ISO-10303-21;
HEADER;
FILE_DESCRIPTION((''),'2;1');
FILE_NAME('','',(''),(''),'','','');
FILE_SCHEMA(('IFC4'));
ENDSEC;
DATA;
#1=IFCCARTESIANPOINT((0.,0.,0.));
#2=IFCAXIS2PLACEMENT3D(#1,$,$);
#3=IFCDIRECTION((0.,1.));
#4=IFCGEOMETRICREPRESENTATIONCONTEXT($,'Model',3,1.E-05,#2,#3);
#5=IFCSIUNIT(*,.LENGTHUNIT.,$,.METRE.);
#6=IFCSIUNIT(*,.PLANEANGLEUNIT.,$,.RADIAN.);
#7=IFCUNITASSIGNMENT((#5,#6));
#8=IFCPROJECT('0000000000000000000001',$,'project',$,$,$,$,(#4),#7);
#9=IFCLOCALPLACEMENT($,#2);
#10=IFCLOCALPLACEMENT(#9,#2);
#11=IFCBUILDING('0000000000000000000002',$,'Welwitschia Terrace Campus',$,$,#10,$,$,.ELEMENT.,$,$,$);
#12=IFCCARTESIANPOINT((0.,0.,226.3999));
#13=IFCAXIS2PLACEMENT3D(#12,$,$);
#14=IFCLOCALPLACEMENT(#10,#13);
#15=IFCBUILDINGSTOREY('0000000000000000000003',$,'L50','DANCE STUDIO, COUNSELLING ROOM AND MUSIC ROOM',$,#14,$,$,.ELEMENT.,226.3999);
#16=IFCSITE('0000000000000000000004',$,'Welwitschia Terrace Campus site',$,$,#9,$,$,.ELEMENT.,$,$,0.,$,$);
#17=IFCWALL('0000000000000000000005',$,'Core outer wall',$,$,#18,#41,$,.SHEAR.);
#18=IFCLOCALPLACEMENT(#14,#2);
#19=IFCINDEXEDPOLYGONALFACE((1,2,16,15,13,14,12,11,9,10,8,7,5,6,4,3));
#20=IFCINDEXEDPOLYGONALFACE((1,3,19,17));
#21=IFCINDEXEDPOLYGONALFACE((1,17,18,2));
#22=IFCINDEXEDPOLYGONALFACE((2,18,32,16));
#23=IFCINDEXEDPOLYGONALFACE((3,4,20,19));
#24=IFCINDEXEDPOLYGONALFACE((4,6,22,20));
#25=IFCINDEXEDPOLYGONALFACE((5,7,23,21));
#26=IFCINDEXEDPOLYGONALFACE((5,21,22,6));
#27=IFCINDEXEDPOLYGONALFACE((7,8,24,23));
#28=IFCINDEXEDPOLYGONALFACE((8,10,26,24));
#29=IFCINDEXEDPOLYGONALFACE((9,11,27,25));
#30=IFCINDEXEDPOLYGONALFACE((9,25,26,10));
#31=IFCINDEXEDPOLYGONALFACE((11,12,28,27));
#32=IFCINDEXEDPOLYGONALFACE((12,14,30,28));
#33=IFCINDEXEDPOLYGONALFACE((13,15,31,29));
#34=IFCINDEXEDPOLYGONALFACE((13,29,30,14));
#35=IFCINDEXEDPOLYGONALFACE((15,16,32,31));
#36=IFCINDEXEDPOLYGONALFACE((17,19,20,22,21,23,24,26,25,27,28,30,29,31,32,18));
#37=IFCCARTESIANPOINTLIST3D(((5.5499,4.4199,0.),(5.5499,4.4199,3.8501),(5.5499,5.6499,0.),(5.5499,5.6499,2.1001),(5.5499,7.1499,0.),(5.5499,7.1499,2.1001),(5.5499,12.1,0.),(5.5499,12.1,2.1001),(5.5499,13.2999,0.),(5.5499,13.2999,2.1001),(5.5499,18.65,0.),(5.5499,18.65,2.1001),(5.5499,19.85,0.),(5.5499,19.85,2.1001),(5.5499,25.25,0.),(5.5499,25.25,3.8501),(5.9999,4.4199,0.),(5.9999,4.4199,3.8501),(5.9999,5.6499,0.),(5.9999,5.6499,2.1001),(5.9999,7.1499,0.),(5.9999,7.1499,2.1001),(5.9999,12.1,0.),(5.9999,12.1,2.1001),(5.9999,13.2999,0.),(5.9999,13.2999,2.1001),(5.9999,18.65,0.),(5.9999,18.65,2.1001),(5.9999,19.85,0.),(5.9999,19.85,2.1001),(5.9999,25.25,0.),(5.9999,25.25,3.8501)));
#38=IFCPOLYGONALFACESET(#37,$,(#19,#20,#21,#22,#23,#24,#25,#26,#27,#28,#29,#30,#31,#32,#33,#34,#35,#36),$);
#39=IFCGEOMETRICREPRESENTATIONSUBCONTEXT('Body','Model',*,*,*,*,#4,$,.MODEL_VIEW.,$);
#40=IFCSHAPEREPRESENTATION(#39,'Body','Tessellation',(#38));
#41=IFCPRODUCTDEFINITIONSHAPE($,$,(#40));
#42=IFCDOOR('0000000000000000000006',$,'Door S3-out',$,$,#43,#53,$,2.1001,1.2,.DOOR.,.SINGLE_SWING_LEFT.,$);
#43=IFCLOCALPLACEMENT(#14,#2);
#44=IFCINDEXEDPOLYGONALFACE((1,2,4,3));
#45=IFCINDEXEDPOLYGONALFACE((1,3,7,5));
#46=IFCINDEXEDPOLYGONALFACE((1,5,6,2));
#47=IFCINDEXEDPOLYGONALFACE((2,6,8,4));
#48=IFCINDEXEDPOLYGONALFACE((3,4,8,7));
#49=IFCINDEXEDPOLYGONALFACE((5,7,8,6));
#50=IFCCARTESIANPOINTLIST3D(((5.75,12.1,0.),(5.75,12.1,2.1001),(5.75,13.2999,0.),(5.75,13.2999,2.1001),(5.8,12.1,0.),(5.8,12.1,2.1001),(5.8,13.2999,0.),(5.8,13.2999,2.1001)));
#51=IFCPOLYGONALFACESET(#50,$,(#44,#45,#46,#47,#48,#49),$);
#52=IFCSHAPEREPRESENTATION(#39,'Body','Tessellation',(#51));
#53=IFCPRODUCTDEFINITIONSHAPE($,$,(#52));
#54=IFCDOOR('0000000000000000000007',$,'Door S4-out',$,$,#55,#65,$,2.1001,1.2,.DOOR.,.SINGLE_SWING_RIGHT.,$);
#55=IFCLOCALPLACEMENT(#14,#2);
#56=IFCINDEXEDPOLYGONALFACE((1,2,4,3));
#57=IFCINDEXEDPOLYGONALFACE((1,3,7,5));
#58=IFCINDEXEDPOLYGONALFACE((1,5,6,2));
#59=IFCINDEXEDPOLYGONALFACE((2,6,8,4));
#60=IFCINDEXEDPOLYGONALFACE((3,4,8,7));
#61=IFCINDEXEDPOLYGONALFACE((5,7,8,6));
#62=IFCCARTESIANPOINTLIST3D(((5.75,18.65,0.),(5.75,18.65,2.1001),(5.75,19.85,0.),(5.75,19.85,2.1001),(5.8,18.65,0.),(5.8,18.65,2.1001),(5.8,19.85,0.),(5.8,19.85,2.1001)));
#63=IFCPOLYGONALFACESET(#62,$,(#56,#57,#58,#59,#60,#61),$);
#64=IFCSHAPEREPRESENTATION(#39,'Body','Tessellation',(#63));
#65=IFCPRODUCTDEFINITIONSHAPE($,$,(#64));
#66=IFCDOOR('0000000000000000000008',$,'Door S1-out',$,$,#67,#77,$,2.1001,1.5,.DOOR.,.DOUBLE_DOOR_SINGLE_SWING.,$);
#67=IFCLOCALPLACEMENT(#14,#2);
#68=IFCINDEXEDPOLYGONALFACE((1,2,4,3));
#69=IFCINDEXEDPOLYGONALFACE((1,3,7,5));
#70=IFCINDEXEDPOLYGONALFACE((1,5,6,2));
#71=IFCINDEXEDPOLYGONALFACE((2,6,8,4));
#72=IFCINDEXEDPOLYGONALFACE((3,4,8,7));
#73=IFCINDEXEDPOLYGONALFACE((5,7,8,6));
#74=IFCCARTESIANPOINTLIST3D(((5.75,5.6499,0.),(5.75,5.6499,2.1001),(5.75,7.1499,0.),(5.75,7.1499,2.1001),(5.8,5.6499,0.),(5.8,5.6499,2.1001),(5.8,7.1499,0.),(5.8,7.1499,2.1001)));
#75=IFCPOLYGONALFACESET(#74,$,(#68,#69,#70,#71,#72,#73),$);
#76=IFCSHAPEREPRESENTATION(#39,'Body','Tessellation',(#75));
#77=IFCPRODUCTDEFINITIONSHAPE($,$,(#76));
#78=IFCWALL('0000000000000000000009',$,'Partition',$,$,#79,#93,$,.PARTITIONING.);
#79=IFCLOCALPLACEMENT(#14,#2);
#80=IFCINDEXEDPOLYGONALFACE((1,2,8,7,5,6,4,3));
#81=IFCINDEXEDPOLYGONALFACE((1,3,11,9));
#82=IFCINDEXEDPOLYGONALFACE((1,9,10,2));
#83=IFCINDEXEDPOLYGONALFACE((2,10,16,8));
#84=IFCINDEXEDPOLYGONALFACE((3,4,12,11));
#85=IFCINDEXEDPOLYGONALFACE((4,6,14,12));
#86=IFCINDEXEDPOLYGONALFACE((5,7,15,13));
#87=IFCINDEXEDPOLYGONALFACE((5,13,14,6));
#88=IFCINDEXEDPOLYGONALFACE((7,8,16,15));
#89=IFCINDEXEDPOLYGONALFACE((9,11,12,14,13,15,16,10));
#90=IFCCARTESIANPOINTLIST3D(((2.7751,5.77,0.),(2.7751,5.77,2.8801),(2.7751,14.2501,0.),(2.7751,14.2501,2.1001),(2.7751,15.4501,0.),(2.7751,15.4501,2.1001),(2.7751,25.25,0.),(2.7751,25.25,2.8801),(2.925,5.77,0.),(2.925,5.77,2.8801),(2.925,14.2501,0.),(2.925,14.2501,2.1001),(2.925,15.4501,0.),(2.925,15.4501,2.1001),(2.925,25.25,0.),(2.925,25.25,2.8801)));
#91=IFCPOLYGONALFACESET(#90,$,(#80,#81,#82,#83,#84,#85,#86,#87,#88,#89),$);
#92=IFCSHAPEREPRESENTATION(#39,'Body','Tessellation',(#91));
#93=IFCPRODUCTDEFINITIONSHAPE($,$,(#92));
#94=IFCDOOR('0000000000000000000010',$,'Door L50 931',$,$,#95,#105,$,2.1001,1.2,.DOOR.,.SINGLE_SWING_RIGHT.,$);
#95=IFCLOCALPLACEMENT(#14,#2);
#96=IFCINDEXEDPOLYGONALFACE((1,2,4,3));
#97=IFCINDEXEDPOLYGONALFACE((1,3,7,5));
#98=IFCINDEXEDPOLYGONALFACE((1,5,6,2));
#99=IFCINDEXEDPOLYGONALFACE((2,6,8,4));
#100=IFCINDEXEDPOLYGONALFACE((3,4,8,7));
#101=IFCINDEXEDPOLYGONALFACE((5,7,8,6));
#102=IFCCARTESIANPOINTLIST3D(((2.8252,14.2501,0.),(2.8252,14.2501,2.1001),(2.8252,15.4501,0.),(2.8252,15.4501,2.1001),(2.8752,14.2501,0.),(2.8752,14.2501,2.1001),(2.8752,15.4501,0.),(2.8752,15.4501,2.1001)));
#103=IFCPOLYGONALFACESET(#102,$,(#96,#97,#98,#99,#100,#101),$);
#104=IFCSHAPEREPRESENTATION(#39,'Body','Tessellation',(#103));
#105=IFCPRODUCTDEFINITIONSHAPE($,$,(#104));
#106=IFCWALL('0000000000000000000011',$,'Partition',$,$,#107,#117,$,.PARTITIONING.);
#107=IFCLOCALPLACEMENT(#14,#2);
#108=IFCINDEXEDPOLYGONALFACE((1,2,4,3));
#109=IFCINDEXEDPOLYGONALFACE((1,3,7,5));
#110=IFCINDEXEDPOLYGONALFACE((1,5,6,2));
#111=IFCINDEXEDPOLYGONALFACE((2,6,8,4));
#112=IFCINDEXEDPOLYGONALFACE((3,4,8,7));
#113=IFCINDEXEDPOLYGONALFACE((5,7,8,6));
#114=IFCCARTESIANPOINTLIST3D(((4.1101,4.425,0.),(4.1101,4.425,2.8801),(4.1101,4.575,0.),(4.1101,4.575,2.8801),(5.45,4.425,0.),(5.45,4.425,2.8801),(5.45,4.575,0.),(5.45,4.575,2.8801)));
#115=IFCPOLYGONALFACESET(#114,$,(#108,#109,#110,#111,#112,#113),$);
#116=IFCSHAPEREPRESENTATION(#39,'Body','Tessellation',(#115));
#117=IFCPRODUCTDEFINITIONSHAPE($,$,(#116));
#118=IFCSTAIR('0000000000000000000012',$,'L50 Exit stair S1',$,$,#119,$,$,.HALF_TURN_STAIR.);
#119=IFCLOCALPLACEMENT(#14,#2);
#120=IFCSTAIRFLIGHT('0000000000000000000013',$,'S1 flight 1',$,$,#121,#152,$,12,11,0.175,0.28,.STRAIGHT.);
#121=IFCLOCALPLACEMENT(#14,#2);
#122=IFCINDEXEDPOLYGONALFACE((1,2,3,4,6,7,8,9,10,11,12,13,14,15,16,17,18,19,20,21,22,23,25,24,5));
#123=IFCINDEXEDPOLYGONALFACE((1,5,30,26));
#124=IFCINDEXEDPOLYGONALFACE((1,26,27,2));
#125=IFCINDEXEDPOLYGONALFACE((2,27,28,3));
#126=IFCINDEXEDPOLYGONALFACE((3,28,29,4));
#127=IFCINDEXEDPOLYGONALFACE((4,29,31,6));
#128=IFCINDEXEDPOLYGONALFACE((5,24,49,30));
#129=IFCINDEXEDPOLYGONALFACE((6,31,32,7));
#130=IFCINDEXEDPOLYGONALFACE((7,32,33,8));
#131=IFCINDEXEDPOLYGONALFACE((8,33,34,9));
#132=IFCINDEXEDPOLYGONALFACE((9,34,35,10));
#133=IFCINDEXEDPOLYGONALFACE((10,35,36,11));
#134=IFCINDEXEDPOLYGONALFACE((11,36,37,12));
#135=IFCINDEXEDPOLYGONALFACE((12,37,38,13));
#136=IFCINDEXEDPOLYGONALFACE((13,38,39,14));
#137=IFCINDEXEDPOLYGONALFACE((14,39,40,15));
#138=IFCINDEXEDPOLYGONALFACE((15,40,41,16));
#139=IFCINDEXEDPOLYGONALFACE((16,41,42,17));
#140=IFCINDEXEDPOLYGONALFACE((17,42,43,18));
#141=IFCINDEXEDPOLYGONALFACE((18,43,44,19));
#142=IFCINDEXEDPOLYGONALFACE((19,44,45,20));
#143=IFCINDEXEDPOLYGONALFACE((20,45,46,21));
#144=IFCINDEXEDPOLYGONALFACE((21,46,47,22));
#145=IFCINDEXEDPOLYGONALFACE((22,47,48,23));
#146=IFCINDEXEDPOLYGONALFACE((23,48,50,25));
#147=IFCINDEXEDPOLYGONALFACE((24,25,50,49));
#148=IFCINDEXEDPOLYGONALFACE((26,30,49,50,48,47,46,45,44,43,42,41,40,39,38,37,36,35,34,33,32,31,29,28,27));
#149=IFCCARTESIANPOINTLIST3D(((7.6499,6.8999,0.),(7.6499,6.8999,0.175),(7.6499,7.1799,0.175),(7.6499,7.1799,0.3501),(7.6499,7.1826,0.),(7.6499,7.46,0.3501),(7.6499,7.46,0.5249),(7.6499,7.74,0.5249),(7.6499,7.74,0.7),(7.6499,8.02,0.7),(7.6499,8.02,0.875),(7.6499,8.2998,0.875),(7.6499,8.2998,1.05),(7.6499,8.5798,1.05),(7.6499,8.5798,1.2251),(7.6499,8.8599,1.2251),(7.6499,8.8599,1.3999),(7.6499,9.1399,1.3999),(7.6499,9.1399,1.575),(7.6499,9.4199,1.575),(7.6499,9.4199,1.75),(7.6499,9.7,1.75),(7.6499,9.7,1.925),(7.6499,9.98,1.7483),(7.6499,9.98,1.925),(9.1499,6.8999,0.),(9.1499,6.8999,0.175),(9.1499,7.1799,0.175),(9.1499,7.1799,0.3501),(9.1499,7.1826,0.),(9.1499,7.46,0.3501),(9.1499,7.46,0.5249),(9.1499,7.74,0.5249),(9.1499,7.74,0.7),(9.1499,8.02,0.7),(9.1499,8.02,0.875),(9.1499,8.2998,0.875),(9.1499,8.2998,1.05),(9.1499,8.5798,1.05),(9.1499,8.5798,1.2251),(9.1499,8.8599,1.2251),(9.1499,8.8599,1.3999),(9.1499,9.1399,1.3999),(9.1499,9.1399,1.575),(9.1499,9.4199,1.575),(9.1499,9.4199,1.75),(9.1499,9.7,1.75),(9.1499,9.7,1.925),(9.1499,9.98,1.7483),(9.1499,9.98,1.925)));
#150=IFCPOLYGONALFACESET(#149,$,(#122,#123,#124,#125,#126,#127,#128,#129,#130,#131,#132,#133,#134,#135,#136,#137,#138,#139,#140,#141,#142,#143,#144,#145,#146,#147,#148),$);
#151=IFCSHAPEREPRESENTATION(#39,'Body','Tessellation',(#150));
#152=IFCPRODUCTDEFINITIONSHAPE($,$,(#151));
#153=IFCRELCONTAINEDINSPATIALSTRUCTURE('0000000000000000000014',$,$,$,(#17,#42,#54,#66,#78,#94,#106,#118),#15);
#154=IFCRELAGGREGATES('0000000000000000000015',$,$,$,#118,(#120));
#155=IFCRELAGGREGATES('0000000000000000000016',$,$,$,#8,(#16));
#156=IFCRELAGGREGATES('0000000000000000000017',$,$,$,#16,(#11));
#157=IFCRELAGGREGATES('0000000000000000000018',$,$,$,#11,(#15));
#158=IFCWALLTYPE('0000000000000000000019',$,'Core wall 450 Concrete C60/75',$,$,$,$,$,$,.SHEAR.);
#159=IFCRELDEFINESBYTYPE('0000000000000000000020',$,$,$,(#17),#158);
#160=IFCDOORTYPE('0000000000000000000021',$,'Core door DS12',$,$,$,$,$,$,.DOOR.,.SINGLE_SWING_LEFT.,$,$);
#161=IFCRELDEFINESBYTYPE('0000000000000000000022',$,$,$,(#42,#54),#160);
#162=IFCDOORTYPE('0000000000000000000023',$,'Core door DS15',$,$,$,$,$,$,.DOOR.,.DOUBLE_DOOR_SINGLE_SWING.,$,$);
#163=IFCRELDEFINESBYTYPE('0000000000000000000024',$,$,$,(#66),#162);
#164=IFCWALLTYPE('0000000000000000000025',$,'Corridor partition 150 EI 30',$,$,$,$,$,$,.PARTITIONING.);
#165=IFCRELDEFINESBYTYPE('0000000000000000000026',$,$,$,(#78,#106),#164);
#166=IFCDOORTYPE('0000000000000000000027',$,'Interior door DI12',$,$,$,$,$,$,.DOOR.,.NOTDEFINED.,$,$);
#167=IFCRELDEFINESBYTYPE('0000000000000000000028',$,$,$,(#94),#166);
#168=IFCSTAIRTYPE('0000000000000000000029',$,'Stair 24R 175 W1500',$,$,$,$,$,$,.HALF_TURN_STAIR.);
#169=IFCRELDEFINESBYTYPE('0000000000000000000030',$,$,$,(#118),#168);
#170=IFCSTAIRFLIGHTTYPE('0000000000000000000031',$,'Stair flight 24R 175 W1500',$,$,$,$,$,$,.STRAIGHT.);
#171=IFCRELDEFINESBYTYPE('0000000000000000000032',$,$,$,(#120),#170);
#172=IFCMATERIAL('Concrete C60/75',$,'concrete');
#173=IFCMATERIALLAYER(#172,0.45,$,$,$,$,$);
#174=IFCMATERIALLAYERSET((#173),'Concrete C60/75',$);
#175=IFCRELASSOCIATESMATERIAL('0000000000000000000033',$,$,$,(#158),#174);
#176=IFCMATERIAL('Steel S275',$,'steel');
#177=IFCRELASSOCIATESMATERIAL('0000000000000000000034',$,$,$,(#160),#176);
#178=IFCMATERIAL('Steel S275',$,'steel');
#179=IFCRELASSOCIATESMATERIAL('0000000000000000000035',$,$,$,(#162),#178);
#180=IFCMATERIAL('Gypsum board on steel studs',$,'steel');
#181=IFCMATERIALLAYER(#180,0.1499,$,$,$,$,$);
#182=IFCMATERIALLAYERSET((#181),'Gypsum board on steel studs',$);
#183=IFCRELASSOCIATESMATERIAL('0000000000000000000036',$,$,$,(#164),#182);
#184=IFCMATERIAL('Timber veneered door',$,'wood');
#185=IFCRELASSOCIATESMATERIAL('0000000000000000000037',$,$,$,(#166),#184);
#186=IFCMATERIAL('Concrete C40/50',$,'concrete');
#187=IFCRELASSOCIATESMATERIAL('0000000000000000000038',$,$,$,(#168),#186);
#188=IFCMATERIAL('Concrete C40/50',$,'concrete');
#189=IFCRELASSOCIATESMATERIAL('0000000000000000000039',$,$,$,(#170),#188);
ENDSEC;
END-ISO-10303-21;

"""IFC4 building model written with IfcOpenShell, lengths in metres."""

from ifc_helpers import new_model, si_unit, direction, frame, frame_2d, origin, place, context, subcontext, project, spatial, polyline, rectangle, outline, extrude, material, layer, layer_set, type_object, element, fill, aggregate, save


model = new_model("IFC4")

# Units and contexts
model_context = context("Model", 3, precision=1e-05, world=origin(), true_north=direction((0.0, 1.0)))
body_context = subcontext(model_context, "Body", "Model", "MODEL_VIEW")
ifc_project = project(units=[si_unit("LENGTHUNIT", "METRE"), si_unit("PLANEANGLEUNIT", "RADIAN")], contexts=[model_context])

# Site, building, storey
site_placement = place(None, origin())
site = spatial("IfcSite", under=ifc_project, at=site_placement, Name="Welwitschia Terrace Campus site", CompositionType="ELEMENT", RefElevation=0.0)
building_placement = place(site_placement, origin())
building = spatial("IfcBuilding", under=site, at=building_placement, Name="Welwitschia Terrace Campus", CompositionType="ELEMENT")
storey_placement = place(building_placement, frame((0.0, 0.0, 226.3999)))
storey = spatial("IfcBuildingStorey", under=building, at=storey_placement, Name="L50", Description="DANCE STUDIO, COUNSELLING ROOM AND MUSIC ROOM", CompositionType="ELEMENT", Elevation=226.3999)

# Wall, openings, doors
ifc_material_1 = material(Name="Concrete C60/75", Category="concrete")
ifc_layer_1 = layer(ifc_material_1, 0.45)
ifc_layer_set_1 = layer_set([ifc_layer_1], Name="Concrete C60/75")
wall_type_1 = type_object("IfcWallType", Name="Core wall 450 Concrete C60/75", PredefinedType="SHEAR", material=ifc_layer_set_1)
wall_1_placement = place(storey_placement, frame((5.7749, 4.4199, 0.0), z_axis=(0.0, 0.0, 1.0), x_axis=(0.0, 1.0, 0.0)))
wall_1 = element("IfcWall", 1, at=wall_1_placement, inside=storey, type_object=wall_type_1, Name="Core outer wall", PredefinedType="SHEAR", context=body_context, shape_type="SweptSolid", body=[
    extrude(rectangle(XDim=20.8301, YDim=0.45, at=frame_2d((10.415, 0.0))), origin(), (0.0, 0.0, 1.0), 3.8501),
])
opening_1_placement = place(wall_1_placement, frame((1.23, 0.0, 0.0)))
opening_1 = element("IfcOpeningElement", 2, at=opening_1_placement, cuts=wall_1, PredefinedType="OPENING", context=body_context, shape_type="SweptSolid", body=[
    extrude(rectangle(XDim=1.5, YDim=2.1001, at=frame_2d((0.75, 1.05))), frame((0.0, 0.2349, 0.0), z_axis=(0.0, -1.0, 0.0), x_axis=(1.0, 0.0, 0.0)), (0.0, 0.0, 1.0), 0.47),
])
opening_2_placement = place(wall_1_placement, frame((7.6799, 0.0, 0.0)))
opening_2 = element("IfcOpeningElement", 3, at=opening_2_placement, cuts=wall_1, PredefinedType="OPENING", context=body_context, shape_type="SweptSolid", body=[
    extrude(rectangle(XDim=1.2, YDim=2.1001, at=frame_2d((0.6001, 1.05))), frame((0.0, 0.2349, 0.0), z_axis=(0.0, -1.0, 0.0), x_axis=(1.0, 0.0, 0.0)), (0.0, 0.0, 1.0), 0.47),
])
opening_3_placement = place(wall_1_placement, frame((14.23, 0.0, 0.0)))
opening_3 = element("IfcOpeningElement", 4, at=opening_3_placement, cuts=wall_1, PredefinedType="OPENING", context=body_context, shape_type="SweptSolid", body=[
    extrude(rectangle(XDim=1.2, YDim=2.1001, at=frame_2d((0.6001, 1.05))), frame((0.0, 0.2349, 0.0), z_axis=(0.0, -1.0, 0.0), x_axis=(1.0, 0.0, 0.0)), (0.0, 0.0, 1.0), 0.47),
])
ifc_material_2 = material(Name="Steel S275", Category="steel")
door_type_1 = type_object("IfcDoorType", Name="Core door DS12", OperationType="SINGLE_SWING_LEFT", PredefinedType="DOOR", material=ifc_material_2)
door_1_placement = place(opening_2_placement, origin())
door_1 = element("IfcDoor", 5, at=door_1_placement, inside=storey, type_object=door_type_1, Name="Door S3-out", OperationType="SINGLE_SWING_LEFT", OverallHeight=2.1001, OverallWidth=1.2, PredefinedType="DOOR", context=body_context, shape_type="SweptSolid", body=[
    extrude(rectangle(XDim=1.2, YDim=2.1001, at=frame_2d((0.6001, 1.05))), frame((0.0, 0.0249, 0.0), z_axis=(0.0, -1.0, 0.0), x_axis=(1.0, 0.0, 0.0)), (0.0, 0.0, 1.0), 0.05),
])
fill(opening_2, door_1)
door_2_placement = place(opening_3_placement, origin())
door_2 = element("IfcDoor", 6, at=door_2_placement, inside=storey, type_object=door_type_1, Name="Door S4-out", OperationType="SINGLE_SWING_RIGHT", OverallHeight=2.1001, OverallWidth=1.2, PredefinedType="DOOR", context=body_context, shape_type="SweptSolid", body=[
    extrude(rectangle(XDim=1.2, YDim=2.1001, at=frame_2d((0.6001, 1.05))), frame((0.0, 0.0249, 0.0), z_axis=(0.0, -1.0, 0.0), x_axis=(1.0, 0.0, 0.0)), (0.0, 0.0, 1.0), 0.05),
])
fill(opening_3, door_2)
ifc_material_3 = material(Name="Steel S275", Category="steel")
door_type_2 = type_object("IfcDoorType", Name="Core door DS15", OperationType="DOUBLE_DOOR_SINGLE_SWING", PredefinedType="DOOR", material=ifc_material_3)
door_3_placement = place(opening_1_placement, origin())
door_3 = element("IfcDoor", 7, at=door_3_placement, inside=storey, type_object=door_type_2, Name="Door S1-out", OperationType="DOUBLE_DOOR_SINGLE_SWING", OverallHeight=2.1001, OverallWidth=1.5, PredefinedType="DOOR", context=body_context, shape_type="SweptSolid", body=[
    extrude(rectangle(XDim=1.5, YDim=2.1001, at=frame_2d((0.75, 1.05))), frame((0.0, 0.0249, 0.0), z_axis=(0.0, -1.0, 0.0), x_axis=(1.0, 0.0, 0.0)), (0.0, 0.0, 1.0), 0.05),
])
fill(opening_1, door_3)

# Wall, opening, door
ifc_material_4 = material(Name="Gypsum board on steel studs", Category="steel")
ifc_layer_2 = layer(ifc_material_4, 0.1499)
ifc_layer_set_2 = layer_set([ifc_layer_2], Name="Gypsum board on steel studs")
wall_type_2 = type_object("IfcWallType", Name="Corridor partition 150 EI 30", PredefinedType="PARTITIONING", material=ifc_layer_set_2)
wall_2_placement = place(storey_placement, frame((2.8501, 5.77, 0.0), z_axis=(0.0, 0.0, 1.0), x_axis=(0.0, 1.0, 0.0)))
wall_2 = element("IfcWall", 8, at=wall_2_placement, inside=storey, type_object=wall_type_2, Name="Partition", PredefinedType="PARTITIONING", context=body_context, shape_type="SweptSolid", body=[
    extrude(rectangle(XDim=19.48, YDim=0.1499, at=frame_2d((9.74, 0.0))), origin(), (0.0, 0.0, 1.0), 2.8801),
])
opening_4_placement = place(wall_2_placement, frame((8.48, 0.0, 0.0)))
opening_4 = element("IfcOpeningElement", 9, at=opening_4_placement, cuts=wall_2, PredefinedType="OPENING", context=body_context, shape_type="SweptSolid", body=[
    extrude(rectangle(XDim=1.2, YDim=2.1001, at=frame_2d((0.6001, 1.05))), frame((0.0, 0.085, 0.0), z_axis=(0.0, -1.0, 0.0), x_axis=(1.0, 0.0, 0.0)), (0.0, 0.0, 1.0), 0.1699),
])
ifc_material_5 = material(Name="Timber veneered door", Category="wood")
door_type_3 = type_object("IfcDoorType", Name="Interior door DI12", OperationType="NOTDEFINED", PredefinedType="DOOR", material=ifc_material_5)
door_4_placement = place(opening_4_placement, origin())
door_4 = element("IfcDoor", 10, at=door_4_placement, inside=storey, type_object=door_type_3, Name="Door L50 931", OperationType="SINGLE_SWING_RIGHT", OverallHeight=2.1001, OverallWidth=1.2, PredefinedType="DOOR", context=body_context, shape_type="SweptSolid", body=[
    extrude(rectangle(XDim=1.2, YDim=2.1001, at=frame_2d((0.6001, 1.05))), frame((0.0, 0.0249, 0.0), z_axis=(0.0, -1.0, 0.0), x_axis=(1.0, 0.0, 0.0)), (0.0, 0.0, 1.0), 0.05),
])
fill(opening_4, door_4)

# Wall
wall_3_placement = place(storey_placement, frame((4.1101, 4.5, 0.0), z_axis=(0.0, 0.0, 1.0), x_axis=(1.0, 0.0, 0.0)))
element("IfcWall", 11, at=wall_3_placement, inside=storey, type_object=wall_type_2, Name="Partition", PredefinedType="PARTITIONING", context=body_context, shape_type="SweptSolid", body=[
    extrude(rectangle(XDim=1.3398, YDim=0.1499, at=frame_2d((0.6699, 0.0))), origin(), (0.0, 0.0, 1.0), 2.8801),
])

# Stair, stair flight
ifc_material_6 = material(Name="Concrete C40/50", Category="concrete")
stair_type = type_object("IfcStairType", Name="Stair 24R 175 W1500", PredefinedType="HALF_TURN_STAIR", material=ifc_material_6)
stair_placement = place(storey_placement, origin())
stair = element("IfcStair", 12, at=stair_placement, inside=storey, type_object=stair_type, Name="L50 Exit stair S1", PredefinedType="HALF_TURN_STAIR")
ifc_material_7 = material(Name="Concrete C40/50", Category="concrete")
stair_flight_type = type_object("IfcStairFlightType", Name="Stair flight 24R 175 W1500", PredefinedType="STRAIGHT", material=ifc_material_7)
stair_flight_1_placement = place(storey_placement, frame((8.3999, 6.8999, 0.0), z_axis=(0.0, 0.0, 1.0), x_axis=(0.0, 1.0, 0.0)))
stair_flight_1 = element("IfcStairFlight", 13, at=stair_flight_1_placement, type_object=stair_flight_type, Name="S1 flight 1", NumberOfRisers=12, NumberOfTreads=11, PredefinedType="STRAIGHT", RiserHeight=0.175, TreadLength=0.28, context=body_context, shape_type="SweptSolid", body=[
    extrude(outline(polyline([(0.0, 0.0), (0.0, 0.175), (0.28, 0.175), (0.28, 0.3501), (0.5601, 0.3501), (0.5601, 0.5249), (0.8401, 0.5249), (0.8401, 0.7), (1.1201, 0.7), (1.1201, 0.875), (1.3999, 0.875), (1.3999, 1.05), (1.6799, 1.05), (1.6799, 1.2251), (1.96, 1.2251), (1.96, 1.3999), (2.24, 1.3999), (2.24, 1.575), (2.52, 1.575), (2.52, 1.75), (2.8, 1.75), (2.8, 1.925), (3.0801, 1.925), (3.0801, 2.1001), (3.0801, 1.7483), (0.2827, 0.0), (0.0, 0.0)])), frame((0.0, 0.75, 0.0), z_axis=(0.0, -1.0, 0.0), x_axis=(1.0, 0.0, 0.0)), (0.0, 0.0, 1.0), 1.5),
])
aggregate(stair, [stair_flight_1])

save(model, "model.ifc")
